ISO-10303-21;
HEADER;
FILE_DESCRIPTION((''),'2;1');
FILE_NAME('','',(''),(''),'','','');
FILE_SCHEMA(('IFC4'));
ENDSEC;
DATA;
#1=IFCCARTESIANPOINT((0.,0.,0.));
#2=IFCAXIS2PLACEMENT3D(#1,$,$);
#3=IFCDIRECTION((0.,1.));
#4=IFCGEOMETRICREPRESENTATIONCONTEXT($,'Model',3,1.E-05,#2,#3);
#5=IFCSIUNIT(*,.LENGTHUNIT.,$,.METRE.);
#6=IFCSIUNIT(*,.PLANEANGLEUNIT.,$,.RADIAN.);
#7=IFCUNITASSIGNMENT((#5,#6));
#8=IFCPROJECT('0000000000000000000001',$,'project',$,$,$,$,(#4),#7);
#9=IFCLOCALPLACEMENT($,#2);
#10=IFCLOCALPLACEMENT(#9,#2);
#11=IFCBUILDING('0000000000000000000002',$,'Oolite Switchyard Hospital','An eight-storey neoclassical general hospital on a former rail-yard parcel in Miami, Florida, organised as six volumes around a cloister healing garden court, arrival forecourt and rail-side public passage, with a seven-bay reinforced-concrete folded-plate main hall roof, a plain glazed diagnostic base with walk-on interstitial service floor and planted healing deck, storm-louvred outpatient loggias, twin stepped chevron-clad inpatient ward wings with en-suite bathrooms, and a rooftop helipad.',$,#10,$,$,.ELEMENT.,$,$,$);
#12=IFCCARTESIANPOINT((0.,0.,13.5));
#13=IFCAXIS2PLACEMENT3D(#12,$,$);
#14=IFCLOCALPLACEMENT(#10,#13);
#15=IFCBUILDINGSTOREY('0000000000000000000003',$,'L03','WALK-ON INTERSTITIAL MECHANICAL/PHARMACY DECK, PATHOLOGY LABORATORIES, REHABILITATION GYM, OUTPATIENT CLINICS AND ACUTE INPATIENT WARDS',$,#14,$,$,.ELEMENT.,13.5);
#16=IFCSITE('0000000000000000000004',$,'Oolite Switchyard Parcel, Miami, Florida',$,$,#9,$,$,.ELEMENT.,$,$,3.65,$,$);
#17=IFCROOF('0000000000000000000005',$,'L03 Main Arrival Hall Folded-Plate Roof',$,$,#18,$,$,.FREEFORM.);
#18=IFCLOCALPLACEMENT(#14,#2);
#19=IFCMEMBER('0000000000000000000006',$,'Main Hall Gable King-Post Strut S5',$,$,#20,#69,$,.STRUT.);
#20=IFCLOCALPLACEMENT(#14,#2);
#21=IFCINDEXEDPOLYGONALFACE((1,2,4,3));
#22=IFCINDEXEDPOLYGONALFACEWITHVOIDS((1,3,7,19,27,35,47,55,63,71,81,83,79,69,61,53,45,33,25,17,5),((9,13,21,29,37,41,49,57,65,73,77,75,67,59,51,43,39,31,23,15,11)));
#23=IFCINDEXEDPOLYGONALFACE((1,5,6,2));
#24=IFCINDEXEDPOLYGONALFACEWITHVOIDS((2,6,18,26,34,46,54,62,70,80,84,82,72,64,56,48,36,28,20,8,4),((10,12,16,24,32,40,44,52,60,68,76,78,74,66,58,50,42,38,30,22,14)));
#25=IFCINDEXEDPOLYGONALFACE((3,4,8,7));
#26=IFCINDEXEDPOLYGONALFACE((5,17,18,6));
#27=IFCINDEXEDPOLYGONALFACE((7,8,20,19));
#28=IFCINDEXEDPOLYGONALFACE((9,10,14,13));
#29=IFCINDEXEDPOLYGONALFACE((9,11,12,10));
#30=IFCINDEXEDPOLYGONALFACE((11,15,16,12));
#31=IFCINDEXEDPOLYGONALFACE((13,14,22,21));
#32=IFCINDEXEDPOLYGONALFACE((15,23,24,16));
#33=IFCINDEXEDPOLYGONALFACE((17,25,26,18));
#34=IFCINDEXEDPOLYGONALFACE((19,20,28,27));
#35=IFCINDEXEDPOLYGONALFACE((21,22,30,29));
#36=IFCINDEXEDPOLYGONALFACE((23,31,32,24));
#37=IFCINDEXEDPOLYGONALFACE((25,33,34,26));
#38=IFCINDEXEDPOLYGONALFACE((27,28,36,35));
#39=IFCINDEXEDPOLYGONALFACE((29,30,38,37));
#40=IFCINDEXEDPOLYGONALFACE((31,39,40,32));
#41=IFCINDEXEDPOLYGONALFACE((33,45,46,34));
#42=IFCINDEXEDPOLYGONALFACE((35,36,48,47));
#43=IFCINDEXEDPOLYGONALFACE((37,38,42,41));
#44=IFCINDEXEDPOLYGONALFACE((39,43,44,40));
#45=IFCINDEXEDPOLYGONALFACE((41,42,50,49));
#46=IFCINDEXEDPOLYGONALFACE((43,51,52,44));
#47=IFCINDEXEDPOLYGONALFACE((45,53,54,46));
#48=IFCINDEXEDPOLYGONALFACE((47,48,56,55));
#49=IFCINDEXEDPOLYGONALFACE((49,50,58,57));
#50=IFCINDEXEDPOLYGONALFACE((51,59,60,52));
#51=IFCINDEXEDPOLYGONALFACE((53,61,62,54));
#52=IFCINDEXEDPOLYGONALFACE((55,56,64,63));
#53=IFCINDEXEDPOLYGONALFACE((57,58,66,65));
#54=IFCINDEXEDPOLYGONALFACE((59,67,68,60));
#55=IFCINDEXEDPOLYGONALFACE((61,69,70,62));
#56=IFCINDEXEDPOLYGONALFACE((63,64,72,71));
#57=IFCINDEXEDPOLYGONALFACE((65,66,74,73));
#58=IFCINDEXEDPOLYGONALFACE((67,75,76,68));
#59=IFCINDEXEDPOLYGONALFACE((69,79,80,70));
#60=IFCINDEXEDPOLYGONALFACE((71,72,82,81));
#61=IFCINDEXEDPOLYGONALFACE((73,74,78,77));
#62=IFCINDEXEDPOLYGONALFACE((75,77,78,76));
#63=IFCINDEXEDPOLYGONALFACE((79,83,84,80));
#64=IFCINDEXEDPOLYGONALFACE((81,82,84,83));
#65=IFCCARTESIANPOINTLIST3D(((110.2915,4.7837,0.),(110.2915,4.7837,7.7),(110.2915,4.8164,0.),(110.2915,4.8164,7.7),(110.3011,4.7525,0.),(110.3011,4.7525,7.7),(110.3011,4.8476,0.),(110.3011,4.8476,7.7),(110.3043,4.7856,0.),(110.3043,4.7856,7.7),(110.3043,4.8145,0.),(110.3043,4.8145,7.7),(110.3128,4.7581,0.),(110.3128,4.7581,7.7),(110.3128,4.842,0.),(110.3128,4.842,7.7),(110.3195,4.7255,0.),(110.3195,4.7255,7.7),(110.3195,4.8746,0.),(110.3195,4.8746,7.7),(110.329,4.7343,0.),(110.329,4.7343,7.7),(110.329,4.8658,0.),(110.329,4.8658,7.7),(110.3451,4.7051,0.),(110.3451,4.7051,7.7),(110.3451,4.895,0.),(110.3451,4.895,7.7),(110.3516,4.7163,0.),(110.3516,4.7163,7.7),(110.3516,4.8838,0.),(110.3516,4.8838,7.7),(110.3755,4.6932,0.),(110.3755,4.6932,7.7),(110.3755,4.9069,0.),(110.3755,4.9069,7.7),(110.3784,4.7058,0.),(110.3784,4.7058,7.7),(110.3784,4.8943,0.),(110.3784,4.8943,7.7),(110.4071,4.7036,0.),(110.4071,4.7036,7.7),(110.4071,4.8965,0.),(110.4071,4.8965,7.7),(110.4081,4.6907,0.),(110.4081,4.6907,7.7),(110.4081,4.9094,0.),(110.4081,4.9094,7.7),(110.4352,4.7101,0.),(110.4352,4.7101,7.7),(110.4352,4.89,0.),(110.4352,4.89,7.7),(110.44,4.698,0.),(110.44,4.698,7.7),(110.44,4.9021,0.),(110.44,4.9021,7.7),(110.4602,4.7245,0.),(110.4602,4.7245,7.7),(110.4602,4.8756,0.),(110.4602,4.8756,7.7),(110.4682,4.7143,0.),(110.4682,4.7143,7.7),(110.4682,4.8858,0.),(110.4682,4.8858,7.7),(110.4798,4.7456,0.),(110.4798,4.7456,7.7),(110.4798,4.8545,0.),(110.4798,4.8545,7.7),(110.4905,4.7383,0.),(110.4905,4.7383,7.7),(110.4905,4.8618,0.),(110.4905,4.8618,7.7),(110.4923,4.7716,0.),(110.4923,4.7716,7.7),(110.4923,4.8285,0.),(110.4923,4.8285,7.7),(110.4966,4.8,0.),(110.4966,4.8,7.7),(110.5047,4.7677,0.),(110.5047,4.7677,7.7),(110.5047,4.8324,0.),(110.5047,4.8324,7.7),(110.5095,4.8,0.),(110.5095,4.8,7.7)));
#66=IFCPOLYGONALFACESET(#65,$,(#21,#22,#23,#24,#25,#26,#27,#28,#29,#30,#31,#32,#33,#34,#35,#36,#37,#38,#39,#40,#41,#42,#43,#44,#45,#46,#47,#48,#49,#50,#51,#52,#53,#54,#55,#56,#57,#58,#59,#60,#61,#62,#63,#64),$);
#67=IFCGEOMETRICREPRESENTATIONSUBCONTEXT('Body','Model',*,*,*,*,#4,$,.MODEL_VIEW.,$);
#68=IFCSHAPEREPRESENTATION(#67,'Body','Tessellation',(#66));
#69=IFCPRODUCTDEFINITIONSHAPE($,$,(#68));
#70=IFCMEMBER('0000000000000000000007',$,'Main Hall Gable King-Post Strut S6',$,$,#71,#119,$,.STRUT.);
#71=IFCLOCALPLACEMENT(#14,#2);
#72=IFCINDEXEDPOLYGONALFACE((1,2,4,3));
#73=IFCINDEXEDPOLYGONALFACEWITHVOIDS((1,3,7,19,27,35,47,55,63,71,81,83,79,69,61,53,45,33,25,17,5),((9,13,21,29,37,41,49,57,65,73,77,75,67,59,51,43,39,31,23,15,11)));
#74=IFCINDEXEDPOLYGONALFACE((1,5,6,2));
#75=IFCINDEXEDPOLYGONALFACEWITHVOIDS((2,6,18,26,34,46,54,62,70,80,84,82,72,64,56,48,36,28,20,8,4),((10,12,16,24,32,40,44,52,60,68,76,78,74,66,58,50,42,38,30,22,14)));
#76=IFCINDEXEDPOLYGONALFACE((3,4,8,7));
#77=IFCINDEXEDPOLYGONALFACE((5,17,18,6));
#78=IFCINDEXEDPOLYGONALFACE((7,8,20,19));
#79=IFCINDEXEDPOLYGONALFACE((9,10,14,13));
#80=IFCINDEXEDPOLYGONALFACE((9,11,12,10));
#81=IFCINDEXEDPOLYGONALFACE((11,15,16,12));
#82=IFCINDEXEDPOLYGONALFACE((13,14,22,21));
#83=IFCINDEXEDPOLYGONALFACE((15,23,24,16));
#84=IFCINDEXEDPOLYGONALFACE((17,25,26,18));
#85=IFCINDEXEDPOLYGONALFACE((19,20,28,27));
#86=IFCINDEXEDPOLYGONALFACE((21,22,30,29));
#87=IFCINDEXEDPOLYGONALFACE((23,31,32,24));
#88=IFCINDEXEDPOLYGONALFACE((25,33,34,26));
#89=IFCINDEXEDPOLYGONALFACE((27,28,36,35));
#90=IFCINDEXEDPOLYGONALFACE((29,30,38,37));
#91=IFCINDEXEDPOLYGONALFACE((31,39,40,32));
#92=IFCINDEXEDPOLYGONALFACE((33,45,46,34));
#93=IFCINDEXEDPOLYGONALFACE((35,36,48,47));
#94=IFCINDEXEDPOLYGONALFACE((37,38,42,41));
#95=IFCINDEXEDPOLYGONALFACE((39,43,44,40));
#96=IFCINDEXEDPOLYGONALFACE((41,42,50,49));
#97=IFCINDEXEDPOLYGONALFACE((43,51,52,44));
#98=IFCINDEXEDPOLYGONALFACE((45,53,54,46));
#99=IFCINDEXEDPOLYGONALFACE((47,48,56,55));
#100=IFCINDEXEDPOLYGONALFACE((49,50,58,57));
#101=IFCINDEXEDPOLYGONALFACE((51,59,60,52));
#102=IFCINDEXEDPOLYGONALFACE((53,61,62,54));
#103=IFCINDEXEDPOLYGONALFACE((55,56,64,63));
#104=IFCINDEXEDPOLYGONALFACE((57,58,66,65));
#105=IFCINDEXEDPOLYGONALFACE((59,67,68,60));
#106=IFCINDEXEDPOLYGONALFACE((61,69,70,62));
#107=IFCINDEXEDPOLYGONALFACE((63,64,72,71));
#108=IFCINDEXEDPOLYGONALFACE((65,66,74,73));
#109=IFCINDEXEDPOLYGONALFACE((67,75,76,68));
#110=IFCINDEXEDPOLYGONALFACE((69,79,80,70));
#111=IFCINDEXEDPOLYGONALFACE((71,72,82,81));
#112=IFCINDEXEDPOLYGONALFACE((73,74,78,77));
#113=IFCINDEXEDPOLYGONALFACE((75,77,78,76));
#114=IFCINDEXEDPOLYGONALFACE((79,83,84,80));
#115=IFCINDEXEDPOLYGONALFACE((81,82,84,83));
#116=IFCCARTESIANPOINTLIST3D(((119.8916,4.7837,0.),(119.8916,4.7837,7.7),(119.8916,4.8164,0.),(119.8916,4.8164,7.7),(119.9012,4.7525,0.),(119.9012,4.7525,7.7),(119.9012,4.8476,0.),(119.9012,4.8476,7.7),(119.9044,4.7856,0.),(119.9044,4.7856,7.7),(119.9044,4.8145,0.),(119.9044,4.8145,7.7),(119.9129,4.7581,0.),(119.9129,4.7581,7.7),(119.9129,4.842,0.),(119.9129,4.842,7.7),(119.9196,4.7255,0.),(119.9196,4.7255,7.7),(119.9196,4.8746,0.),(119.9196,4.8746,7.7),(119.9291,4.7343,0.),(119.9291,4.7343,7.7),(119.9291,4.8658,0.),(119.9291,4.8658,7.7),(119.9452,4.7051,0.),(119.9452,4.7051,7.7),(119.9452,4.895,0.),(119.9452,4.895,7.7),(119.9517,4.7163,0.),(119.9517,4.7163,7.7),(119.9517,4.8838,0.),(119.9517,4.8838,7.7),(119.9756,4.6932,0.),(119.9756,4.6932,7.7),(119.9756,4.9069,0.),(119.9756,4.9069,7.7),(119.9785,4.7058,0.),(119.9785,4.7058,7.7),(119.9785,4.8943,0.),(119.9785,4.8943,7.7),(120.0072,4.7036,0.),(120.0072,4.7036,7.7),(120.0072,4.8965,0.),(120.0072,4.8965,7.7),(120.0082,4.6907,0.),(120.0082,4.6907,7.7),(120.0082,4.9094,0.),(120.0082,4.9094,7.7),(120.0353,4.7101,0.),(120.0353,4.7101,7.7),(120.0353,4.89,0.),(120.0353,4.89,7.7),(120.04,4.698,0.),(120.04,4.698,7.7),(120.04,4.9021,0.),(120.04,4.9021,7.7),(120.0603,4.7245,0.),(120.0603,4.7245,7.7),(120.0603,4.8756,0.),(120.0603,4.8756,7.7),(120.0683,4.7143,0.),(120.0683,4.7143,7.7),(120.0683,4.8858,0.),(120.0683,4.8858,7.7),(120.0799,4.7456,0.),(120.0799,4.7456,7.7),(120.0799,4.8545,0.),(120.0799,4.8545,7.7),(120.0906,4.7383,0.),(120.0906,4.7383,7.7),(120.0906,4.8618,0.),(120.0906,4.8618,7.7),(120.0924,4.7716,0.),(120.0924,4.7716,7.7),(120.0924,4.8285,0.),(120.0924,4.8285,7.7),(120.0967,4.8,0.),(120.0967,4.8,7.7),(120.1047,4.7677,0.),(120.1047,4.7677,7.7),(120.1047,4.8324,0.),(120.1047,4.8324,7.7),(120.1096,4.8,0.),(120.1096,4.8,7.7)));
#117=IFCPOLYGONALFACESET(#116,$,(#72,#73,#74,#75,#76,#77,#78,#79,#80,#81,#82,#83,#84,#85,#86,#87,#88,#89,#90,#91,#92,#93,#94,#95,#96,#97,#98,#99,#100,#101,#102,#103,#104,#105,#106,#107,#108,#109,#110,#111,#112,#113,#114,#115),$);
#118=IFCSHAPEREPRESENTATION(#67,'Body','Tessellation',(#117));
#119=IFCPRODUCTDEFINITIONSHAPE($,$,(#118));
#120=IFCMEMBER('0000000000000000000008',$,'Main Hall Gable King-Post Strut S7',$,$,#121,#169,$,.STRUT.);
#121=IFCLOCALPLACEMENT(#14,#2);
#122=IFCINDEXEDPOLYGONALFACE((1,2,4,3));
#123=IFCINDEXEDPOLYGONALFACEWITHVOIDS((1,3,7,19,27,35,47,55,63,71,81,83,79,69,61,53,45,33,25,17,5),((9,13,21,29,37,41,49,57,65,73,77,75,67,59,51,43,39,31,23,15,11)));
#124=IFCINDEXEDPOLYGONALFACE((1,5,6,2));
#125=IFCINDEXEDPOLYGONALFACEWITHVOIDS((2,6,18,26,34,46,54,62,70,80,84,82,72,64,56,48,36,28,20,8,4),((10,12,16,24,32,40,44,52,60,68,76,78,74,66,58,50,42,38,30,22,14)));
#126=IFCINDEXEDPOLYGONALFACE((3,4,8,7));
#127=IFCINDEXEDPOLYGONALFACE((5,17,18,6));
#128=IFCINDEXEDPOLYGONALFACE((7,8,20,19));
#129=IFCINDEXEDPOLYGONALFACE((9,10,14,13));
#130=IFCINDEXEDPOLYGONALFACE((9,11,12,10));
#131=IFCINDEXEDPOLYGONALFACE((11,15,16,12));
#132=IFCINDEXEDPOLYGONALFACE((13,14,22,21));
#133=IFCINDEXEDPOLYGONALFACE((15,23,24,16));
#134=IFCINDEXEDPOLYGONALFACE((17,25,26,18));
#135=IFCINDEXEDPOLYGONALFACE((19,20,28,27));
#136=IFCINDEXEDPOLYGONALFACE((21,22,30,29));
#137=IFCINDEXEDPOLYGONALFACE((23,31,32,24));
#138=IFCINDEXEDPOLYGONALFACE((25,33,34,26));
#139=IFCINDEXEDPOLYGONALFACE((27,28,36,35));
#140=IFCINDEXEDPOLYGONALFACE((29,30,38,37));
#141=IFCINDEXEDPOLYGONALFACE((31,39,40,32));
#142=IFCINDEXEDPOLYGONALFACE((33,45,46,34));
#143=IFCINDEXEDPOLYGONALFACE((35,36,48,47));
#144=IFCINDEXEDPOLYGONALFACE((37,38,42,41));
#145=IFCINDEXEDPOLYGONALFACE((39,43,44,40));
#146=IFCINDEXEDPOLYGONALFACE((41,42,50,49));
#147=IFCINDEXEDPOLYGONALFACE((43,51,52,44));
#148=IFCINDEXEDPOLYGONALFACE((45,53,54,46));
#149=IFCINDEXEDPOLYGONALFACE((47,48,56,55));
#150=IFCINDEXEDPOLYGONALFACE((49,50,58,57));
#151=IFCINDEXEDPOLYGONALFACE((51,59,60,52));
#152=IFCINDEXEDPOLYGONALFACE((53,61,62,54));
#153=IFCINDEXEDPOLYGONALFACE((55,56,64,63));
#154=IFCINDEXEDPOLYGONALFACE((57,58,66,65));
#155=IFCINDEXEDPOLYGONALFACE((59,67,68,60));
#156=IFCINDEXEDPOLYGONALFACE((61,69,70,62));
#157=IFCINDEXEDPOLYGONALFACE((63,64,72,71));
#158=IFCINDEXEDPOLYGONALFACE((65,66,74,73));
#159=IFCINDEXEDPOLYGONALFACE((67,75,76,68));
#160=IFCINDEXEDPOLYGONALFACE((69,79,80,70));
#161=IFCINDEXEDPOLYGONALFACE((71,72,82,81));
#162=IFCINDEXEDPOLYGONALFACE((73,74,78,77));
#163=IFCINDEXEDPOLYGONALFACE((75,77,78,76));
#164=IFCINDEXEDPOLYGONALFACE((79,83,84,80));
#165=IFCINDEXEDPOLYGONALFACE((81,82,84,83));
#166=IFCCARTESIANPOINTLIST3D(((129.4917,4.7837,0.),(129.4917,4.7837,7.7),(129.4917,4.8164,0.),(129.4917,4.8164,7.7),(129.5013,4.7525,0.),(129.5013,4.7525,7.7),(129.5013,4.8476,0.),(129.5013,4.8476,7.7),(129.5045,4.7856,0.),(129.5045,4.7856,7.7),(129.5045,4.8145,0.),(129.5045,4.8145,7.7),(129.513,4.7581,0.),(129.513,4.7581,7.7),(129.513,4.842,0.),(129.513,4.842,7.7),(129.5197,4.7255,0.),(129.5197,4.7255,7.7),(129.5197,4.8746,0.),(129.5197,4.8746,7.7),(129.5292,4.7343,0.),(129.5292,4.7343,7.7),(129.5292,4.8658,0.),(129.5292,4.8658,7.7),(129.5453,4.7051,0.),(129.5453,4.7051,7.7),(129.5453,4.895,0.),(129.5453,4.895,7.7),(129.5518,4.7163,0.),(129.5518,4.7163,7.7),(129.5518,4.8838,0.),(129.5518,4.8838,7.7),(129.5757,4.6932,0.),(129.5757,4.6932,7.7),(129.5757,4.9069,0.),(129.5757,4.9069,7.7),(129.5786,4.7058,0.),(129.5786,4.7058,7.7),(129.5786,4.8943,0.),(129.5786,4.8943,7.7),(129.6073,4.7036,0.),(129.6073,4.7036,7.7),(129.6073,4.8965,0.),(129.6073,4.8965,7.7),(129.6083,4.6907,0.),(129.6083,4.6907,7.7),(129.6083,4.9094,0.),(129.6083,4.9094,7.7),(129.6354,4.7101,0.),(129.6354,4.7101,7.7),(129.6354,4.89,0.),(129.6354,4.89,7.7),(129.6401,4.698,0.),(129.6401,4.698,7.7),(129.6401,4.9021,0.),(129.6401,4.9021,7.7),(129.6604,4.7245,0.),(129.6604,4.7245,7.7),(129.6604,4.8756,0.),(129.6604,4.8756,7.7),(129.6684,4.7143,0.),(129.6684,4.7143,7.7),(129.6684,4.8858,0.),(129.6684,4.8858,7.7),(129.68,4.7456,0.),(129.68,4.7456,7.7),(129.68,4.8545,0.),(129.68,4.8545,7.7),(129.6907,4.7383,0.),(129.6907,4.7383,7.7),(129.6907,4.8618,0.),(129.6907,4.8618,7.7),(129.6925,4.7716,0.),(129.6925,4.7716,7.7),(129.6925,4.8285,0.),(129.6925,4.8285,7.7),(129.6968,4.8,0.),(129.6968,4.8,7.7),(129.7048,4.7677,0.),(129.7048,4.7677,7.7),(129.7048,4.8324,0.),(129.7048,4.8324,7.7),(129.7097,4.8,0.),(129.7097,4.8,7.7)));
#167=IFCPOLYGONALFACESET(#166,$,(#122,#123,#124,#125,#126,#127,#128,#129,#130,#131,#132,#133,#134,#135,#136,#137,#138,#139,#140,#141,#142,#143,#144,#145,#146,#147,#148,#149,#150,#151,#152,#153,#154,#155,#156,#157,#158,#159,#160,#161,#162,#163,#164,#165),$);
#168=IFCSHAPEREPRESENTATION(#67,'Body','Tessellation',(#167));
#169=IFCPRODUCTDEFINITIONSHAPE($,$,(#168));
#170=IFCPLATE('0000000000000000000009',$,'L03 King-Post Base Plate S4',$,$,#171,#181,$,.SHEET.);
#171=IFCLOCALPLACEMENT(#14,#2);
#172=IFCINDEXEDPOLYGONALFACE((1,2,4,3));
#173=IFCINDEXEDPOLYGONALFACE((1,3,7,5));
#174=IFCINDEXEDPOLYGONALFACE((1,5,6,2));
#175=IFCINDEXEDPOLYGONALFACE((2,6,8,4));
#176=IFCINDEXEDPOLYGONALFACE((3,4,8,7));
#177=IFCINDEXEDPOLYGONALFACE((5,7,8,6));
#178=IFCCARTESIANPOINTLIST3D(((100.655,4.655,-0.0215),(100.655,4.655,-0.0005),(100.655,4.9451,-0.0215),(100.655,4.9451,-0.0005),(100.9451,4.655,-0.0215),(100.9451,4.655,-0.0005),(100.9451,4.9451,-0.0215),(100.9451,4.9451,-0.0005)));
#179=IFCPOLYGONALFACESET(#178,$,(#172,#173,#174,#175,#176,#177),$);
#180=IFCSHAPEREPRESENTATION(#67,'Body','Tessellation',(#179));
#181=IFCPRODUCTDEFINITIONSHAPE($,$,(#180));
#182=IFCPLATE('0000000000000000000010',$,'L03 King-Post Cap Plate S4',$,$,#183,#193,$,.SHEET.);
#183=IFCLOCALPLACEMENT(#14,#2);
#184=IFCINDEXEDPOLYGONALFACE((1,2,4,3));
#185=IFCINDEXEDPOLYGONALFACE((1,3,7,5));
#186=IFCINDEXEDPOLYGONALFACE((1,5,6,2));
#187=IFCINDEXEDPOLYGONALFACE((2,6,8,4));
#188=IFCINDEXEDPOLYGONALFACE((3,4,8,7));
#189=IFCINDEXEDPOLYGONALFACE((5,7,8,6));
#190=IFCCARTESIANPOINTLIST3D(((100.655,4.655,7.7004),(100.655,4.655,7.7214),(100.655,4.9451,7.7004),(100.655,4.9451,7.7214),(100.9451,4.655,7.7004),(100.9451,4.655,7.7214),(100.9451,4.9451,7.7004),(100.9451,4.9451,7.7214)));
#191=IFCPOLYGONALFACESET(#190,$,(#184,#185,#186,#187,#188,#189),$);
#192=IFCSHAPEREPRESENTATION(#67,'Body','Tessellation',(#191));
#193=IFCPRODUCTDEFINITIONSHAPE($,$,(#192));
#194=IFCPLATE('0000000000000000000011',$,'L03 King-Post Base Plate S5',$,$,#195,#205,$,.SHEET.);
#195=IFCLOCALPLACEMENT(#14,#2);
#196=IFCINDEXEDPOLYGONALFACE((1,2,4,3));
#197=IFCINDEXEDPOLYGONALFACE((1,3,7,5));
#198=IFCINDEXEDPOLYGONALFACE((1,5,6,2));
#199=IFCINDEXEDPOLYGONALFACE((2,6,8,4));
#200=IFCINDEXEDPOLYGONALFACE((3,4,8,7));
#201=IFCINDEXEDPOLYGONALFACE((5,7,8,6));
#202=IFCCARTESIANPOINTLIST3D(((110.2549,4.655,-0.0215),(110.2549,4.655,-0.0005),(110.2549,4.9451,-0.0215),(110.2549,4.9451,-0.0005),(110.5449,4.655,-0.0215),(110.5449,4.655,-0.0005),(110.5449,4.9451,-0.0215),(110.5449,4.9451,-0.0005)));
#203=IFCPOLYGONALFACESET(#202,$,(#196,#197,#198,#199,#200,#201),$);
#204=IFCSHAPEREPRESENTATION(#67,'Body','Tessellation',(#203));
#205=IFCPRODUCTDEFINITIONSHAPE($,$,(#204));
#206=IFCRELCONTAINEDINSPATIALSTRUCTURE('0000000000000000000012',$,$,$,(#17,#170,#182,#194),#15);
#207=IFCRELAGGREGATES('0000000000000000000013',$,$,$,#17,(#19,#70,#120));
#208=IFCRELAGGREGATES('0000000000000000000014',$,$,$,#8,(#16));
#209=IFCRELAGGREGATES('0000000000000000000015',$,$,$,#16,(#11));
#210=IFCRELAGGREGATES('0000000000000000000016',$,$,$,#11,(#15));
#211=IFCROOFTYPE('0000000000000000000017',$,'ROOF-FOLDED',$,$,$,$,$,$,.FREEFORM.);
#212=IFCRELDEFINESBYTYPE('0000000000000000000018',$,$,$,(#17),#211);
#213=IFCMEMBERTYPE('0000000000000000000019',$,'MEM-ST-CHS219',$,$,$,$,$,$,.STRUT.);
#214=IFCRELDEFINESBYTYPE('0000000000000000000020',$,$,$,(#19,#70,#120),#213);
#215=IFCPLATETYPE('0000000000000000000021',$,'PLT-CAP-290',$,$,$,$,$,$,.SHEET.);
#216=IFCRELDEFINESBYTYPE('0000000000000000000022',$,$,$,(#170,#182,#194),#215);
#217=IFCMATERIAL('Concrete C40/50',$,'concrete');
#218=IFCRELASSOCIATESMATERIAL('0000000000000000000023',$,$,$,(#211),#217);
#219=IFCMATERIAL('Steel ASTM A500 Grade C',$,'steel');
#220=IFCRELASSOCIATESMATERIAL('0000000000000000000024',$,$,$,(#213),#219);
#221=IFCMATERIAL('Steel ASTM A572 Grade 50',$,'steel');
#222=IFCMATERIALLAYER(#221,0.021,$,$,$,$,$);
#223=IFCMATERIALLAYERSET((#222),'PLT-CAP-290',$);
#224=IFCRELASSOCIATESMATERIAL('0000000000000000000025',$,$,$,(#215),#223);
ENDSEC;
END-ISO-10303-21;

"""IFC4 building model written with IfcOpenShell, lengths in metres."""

from ifc_helpers import new_model, si_unit, direction, frame, origin, origin_2d, place, context, subcontext, project, spatial, rectangle, hollow_circle, extrude, material, layer, layer_set, material_profile, profile_set, type_object, element, aggregate, save


model = new_model("IFC4")

# Units and contexts
model_context = context("Model", 3, precision=1e-05, world=origin(), true_north=direction((0.0, 1.0)))
body_context = subcontext(model_context, "Body", "Model", "MODEL_VIEW")
ifc_project = project(units=[si_unit("LENGTHUNIT", "METRE"), si_unit("PLANEANGLEUNIT", "RADIAN")], contexts=[model_context])

# Site, building, storey
site_placement = place(None, origin())
site = spatial("IfcSite", under=ifc_project, at=site_placement, Name="Oolite Switchyard Parcel, Miami, Florida", CompositionType="ELEMENT", RefElevation=3.65)
building_placement = place(site_placement, origin())
building = spatial("IfcBuilding", under=site, at=building_placement, Name="Oolite Switchyard Hospital", Description="An eight-storey neoclassical general hospital on a former rail-yard parcel in Miami, Florida, organised as six volumes around a cloister healing garden court, arrival forecourt and rail-side public passage, with a seven-bay reinforced-concrete folded-plate main hall roof, a plain glazed diagnostic base with walk-on interstitial service floor and planted healing deck, storm-louvred outpatient loggias, twin stepped chevron-clad inpatient ward wings with en-suite bathrooms, and a rooftop helipad.", CompositionType="ELEMENT")
storey_placement = place(building_placement, frame((0.0, 0.0, 13.5)))
storey = spatial("IfcBuildingStorey", under=building, at=storey_placement, Name="L03", Description="WALK-ON INTERSTITIAL MECHANICAL/PHARMACY DECK, PATHOLOGY LABORATORIES, REHABILITATION GYM, OUTPATIENT CLINICS AND ACUTE INPATIENT WARDS", CompositionType="ELEMENT", Elevation=13.5)

# Roof, members
ifc_material_1 = material(Name="Concrete C40/50", Category="concrete")
roof_type = type_object("IfcRoofType", Name="ROOF-FOLDED", PredefinedType="FREEFORM", material=ifc_material_1)
roof_placement = place(storey_placement, origin())
roof = element("IfcRoof", 1, at=roof_placement, inside=storey, type_object=roof_type, Name="L03 Main Arrival Hall Folded-Plate Roof", PredefinedType="FREEFORM")
ifc_material_2 = material(Name="Steel ASTM A500 Grade C", Category="steel")
ifc_material_profile_1 = material_profile(ifc_material_2, hollow_circle(Radius=0.1096, WallThickness=0.0129, at=origin_2d()), Name="HSS219X13")
ifc_profile_set_1 = profile_set([ifc_material_profile_1], Name="Steel ASTM A500 Grade C")
member_type = type_object("IfcMemberType", Name="MEM-ST-CHS219", PredefinedType="STRUT", material=ifc_profile_set_1)
member_1_placement = place(storey_placement, frame((110.3999, 4.8, 0.0), z_axis=(0.0, 0.0, 1.0), x_axis=(1.0, 0.0, 0.0)))
member_1 = element("IfcMember", 2, at=member_1_placement, type_object=member_type, Name="Main Hall Gable King-Post Strut S5", PredefinedType="STRUT", context=body_context, shape_type="SweptSolid", body=[
    extrude(hollow_circle(Radius=0.1096, WallThickness=0.0129, at=origin_2d()), origin(), (0.0, 0.0, 1.0), 7.7),
])
member_2_placement = place(storey_placement, frame((120.0, 4.8, 0.0), z_axis=(0.0, 0.0, 1.0), x_axis=(1.0, 0.0, 0.0)))
member_2 = element("IfcMember", 3, at=member_2_placement, type_object=member_type, Name="Main Hall Gable King-Post Strut S6", PredefinedType="STRUT", context=body_context, shape_type="SweptSolid", body=[
    extrude(hollow_circle(Radius=0.1096, WallThickness=0.0129, at=origin_2d()), origin(), (0.0, 0.0, 1.0), 7.7),
])
member_3_placement = place(storey_placement, frame((129.6001, 4.8, 0.0), z_axis=(0.0, 0.0, 1.0), x_axis=(1.0, 0.0, 0.0)))
member_3 = element("IfcMember", 4, at=member_3_placement, type_object=member_type, Name="Main Hall Gable King-Post Strut S7", PredefinedType="STRUT", context=body_context, shape_type="SweptSolid", body=[
    extrude(hollow_circle(Radius=0.1096, WallThickness=0.0129, at=origin_2d()), origin(), (0.0, 0.0, 1.0), 7.7),
])

# Plates
ifc_material_3 = material(Name="Steel ASTM A572 Grade 50", Category="steel")
ifc_layer_1 = layer(ifc_material_3, 0.021)
ifc_layer_set_1 = layer_set([ifc_layer_1], Name="PLT-CAP-290")
plate_type = type_object("IfcPlateType", Name="PLT-CAP-290", PredefinedType="SHEET", material=ifc_layer_set_1)
for number, where, z_axis, x_axis, name in (
    (5, (100.8, 4.8, -0.0215), (0.0, 0.0, 1.0), (1.0, 0.0, 0.0), "L03 King-Post Base Plate S4"),
    (6, (100.8, 4.8, 7.7004), (0.0, 0.0, 1.0), (1.0, 0.0, 0.0), "L03 King-Post Cap Plate S4"),
    (7, (110.3999, 4.8, -0.0215), (0.0, 0.0, 1.0), (1.0, 0.0, 0.0), "L03 King-Post Base Plate S5"),
):
    element("IfcPlate", number, at=place(storey_placement, frame(where, z_axis=z_axis, x_axis=x_axis)), inside=storey, type_object=plate_type, Name=name, PredefinedType="SHEET", context=body_context, shape_type="SweptSolid", body=[
        extrude(rectangle(XDim=0.29, YDim=0.29, at=origin_2d()), origin(), (0.0, 0.0, 1.0), 0.021),
    ])

aggregate(roof, [member_1, member_2, member_3])

save(model, "model.ifc")
